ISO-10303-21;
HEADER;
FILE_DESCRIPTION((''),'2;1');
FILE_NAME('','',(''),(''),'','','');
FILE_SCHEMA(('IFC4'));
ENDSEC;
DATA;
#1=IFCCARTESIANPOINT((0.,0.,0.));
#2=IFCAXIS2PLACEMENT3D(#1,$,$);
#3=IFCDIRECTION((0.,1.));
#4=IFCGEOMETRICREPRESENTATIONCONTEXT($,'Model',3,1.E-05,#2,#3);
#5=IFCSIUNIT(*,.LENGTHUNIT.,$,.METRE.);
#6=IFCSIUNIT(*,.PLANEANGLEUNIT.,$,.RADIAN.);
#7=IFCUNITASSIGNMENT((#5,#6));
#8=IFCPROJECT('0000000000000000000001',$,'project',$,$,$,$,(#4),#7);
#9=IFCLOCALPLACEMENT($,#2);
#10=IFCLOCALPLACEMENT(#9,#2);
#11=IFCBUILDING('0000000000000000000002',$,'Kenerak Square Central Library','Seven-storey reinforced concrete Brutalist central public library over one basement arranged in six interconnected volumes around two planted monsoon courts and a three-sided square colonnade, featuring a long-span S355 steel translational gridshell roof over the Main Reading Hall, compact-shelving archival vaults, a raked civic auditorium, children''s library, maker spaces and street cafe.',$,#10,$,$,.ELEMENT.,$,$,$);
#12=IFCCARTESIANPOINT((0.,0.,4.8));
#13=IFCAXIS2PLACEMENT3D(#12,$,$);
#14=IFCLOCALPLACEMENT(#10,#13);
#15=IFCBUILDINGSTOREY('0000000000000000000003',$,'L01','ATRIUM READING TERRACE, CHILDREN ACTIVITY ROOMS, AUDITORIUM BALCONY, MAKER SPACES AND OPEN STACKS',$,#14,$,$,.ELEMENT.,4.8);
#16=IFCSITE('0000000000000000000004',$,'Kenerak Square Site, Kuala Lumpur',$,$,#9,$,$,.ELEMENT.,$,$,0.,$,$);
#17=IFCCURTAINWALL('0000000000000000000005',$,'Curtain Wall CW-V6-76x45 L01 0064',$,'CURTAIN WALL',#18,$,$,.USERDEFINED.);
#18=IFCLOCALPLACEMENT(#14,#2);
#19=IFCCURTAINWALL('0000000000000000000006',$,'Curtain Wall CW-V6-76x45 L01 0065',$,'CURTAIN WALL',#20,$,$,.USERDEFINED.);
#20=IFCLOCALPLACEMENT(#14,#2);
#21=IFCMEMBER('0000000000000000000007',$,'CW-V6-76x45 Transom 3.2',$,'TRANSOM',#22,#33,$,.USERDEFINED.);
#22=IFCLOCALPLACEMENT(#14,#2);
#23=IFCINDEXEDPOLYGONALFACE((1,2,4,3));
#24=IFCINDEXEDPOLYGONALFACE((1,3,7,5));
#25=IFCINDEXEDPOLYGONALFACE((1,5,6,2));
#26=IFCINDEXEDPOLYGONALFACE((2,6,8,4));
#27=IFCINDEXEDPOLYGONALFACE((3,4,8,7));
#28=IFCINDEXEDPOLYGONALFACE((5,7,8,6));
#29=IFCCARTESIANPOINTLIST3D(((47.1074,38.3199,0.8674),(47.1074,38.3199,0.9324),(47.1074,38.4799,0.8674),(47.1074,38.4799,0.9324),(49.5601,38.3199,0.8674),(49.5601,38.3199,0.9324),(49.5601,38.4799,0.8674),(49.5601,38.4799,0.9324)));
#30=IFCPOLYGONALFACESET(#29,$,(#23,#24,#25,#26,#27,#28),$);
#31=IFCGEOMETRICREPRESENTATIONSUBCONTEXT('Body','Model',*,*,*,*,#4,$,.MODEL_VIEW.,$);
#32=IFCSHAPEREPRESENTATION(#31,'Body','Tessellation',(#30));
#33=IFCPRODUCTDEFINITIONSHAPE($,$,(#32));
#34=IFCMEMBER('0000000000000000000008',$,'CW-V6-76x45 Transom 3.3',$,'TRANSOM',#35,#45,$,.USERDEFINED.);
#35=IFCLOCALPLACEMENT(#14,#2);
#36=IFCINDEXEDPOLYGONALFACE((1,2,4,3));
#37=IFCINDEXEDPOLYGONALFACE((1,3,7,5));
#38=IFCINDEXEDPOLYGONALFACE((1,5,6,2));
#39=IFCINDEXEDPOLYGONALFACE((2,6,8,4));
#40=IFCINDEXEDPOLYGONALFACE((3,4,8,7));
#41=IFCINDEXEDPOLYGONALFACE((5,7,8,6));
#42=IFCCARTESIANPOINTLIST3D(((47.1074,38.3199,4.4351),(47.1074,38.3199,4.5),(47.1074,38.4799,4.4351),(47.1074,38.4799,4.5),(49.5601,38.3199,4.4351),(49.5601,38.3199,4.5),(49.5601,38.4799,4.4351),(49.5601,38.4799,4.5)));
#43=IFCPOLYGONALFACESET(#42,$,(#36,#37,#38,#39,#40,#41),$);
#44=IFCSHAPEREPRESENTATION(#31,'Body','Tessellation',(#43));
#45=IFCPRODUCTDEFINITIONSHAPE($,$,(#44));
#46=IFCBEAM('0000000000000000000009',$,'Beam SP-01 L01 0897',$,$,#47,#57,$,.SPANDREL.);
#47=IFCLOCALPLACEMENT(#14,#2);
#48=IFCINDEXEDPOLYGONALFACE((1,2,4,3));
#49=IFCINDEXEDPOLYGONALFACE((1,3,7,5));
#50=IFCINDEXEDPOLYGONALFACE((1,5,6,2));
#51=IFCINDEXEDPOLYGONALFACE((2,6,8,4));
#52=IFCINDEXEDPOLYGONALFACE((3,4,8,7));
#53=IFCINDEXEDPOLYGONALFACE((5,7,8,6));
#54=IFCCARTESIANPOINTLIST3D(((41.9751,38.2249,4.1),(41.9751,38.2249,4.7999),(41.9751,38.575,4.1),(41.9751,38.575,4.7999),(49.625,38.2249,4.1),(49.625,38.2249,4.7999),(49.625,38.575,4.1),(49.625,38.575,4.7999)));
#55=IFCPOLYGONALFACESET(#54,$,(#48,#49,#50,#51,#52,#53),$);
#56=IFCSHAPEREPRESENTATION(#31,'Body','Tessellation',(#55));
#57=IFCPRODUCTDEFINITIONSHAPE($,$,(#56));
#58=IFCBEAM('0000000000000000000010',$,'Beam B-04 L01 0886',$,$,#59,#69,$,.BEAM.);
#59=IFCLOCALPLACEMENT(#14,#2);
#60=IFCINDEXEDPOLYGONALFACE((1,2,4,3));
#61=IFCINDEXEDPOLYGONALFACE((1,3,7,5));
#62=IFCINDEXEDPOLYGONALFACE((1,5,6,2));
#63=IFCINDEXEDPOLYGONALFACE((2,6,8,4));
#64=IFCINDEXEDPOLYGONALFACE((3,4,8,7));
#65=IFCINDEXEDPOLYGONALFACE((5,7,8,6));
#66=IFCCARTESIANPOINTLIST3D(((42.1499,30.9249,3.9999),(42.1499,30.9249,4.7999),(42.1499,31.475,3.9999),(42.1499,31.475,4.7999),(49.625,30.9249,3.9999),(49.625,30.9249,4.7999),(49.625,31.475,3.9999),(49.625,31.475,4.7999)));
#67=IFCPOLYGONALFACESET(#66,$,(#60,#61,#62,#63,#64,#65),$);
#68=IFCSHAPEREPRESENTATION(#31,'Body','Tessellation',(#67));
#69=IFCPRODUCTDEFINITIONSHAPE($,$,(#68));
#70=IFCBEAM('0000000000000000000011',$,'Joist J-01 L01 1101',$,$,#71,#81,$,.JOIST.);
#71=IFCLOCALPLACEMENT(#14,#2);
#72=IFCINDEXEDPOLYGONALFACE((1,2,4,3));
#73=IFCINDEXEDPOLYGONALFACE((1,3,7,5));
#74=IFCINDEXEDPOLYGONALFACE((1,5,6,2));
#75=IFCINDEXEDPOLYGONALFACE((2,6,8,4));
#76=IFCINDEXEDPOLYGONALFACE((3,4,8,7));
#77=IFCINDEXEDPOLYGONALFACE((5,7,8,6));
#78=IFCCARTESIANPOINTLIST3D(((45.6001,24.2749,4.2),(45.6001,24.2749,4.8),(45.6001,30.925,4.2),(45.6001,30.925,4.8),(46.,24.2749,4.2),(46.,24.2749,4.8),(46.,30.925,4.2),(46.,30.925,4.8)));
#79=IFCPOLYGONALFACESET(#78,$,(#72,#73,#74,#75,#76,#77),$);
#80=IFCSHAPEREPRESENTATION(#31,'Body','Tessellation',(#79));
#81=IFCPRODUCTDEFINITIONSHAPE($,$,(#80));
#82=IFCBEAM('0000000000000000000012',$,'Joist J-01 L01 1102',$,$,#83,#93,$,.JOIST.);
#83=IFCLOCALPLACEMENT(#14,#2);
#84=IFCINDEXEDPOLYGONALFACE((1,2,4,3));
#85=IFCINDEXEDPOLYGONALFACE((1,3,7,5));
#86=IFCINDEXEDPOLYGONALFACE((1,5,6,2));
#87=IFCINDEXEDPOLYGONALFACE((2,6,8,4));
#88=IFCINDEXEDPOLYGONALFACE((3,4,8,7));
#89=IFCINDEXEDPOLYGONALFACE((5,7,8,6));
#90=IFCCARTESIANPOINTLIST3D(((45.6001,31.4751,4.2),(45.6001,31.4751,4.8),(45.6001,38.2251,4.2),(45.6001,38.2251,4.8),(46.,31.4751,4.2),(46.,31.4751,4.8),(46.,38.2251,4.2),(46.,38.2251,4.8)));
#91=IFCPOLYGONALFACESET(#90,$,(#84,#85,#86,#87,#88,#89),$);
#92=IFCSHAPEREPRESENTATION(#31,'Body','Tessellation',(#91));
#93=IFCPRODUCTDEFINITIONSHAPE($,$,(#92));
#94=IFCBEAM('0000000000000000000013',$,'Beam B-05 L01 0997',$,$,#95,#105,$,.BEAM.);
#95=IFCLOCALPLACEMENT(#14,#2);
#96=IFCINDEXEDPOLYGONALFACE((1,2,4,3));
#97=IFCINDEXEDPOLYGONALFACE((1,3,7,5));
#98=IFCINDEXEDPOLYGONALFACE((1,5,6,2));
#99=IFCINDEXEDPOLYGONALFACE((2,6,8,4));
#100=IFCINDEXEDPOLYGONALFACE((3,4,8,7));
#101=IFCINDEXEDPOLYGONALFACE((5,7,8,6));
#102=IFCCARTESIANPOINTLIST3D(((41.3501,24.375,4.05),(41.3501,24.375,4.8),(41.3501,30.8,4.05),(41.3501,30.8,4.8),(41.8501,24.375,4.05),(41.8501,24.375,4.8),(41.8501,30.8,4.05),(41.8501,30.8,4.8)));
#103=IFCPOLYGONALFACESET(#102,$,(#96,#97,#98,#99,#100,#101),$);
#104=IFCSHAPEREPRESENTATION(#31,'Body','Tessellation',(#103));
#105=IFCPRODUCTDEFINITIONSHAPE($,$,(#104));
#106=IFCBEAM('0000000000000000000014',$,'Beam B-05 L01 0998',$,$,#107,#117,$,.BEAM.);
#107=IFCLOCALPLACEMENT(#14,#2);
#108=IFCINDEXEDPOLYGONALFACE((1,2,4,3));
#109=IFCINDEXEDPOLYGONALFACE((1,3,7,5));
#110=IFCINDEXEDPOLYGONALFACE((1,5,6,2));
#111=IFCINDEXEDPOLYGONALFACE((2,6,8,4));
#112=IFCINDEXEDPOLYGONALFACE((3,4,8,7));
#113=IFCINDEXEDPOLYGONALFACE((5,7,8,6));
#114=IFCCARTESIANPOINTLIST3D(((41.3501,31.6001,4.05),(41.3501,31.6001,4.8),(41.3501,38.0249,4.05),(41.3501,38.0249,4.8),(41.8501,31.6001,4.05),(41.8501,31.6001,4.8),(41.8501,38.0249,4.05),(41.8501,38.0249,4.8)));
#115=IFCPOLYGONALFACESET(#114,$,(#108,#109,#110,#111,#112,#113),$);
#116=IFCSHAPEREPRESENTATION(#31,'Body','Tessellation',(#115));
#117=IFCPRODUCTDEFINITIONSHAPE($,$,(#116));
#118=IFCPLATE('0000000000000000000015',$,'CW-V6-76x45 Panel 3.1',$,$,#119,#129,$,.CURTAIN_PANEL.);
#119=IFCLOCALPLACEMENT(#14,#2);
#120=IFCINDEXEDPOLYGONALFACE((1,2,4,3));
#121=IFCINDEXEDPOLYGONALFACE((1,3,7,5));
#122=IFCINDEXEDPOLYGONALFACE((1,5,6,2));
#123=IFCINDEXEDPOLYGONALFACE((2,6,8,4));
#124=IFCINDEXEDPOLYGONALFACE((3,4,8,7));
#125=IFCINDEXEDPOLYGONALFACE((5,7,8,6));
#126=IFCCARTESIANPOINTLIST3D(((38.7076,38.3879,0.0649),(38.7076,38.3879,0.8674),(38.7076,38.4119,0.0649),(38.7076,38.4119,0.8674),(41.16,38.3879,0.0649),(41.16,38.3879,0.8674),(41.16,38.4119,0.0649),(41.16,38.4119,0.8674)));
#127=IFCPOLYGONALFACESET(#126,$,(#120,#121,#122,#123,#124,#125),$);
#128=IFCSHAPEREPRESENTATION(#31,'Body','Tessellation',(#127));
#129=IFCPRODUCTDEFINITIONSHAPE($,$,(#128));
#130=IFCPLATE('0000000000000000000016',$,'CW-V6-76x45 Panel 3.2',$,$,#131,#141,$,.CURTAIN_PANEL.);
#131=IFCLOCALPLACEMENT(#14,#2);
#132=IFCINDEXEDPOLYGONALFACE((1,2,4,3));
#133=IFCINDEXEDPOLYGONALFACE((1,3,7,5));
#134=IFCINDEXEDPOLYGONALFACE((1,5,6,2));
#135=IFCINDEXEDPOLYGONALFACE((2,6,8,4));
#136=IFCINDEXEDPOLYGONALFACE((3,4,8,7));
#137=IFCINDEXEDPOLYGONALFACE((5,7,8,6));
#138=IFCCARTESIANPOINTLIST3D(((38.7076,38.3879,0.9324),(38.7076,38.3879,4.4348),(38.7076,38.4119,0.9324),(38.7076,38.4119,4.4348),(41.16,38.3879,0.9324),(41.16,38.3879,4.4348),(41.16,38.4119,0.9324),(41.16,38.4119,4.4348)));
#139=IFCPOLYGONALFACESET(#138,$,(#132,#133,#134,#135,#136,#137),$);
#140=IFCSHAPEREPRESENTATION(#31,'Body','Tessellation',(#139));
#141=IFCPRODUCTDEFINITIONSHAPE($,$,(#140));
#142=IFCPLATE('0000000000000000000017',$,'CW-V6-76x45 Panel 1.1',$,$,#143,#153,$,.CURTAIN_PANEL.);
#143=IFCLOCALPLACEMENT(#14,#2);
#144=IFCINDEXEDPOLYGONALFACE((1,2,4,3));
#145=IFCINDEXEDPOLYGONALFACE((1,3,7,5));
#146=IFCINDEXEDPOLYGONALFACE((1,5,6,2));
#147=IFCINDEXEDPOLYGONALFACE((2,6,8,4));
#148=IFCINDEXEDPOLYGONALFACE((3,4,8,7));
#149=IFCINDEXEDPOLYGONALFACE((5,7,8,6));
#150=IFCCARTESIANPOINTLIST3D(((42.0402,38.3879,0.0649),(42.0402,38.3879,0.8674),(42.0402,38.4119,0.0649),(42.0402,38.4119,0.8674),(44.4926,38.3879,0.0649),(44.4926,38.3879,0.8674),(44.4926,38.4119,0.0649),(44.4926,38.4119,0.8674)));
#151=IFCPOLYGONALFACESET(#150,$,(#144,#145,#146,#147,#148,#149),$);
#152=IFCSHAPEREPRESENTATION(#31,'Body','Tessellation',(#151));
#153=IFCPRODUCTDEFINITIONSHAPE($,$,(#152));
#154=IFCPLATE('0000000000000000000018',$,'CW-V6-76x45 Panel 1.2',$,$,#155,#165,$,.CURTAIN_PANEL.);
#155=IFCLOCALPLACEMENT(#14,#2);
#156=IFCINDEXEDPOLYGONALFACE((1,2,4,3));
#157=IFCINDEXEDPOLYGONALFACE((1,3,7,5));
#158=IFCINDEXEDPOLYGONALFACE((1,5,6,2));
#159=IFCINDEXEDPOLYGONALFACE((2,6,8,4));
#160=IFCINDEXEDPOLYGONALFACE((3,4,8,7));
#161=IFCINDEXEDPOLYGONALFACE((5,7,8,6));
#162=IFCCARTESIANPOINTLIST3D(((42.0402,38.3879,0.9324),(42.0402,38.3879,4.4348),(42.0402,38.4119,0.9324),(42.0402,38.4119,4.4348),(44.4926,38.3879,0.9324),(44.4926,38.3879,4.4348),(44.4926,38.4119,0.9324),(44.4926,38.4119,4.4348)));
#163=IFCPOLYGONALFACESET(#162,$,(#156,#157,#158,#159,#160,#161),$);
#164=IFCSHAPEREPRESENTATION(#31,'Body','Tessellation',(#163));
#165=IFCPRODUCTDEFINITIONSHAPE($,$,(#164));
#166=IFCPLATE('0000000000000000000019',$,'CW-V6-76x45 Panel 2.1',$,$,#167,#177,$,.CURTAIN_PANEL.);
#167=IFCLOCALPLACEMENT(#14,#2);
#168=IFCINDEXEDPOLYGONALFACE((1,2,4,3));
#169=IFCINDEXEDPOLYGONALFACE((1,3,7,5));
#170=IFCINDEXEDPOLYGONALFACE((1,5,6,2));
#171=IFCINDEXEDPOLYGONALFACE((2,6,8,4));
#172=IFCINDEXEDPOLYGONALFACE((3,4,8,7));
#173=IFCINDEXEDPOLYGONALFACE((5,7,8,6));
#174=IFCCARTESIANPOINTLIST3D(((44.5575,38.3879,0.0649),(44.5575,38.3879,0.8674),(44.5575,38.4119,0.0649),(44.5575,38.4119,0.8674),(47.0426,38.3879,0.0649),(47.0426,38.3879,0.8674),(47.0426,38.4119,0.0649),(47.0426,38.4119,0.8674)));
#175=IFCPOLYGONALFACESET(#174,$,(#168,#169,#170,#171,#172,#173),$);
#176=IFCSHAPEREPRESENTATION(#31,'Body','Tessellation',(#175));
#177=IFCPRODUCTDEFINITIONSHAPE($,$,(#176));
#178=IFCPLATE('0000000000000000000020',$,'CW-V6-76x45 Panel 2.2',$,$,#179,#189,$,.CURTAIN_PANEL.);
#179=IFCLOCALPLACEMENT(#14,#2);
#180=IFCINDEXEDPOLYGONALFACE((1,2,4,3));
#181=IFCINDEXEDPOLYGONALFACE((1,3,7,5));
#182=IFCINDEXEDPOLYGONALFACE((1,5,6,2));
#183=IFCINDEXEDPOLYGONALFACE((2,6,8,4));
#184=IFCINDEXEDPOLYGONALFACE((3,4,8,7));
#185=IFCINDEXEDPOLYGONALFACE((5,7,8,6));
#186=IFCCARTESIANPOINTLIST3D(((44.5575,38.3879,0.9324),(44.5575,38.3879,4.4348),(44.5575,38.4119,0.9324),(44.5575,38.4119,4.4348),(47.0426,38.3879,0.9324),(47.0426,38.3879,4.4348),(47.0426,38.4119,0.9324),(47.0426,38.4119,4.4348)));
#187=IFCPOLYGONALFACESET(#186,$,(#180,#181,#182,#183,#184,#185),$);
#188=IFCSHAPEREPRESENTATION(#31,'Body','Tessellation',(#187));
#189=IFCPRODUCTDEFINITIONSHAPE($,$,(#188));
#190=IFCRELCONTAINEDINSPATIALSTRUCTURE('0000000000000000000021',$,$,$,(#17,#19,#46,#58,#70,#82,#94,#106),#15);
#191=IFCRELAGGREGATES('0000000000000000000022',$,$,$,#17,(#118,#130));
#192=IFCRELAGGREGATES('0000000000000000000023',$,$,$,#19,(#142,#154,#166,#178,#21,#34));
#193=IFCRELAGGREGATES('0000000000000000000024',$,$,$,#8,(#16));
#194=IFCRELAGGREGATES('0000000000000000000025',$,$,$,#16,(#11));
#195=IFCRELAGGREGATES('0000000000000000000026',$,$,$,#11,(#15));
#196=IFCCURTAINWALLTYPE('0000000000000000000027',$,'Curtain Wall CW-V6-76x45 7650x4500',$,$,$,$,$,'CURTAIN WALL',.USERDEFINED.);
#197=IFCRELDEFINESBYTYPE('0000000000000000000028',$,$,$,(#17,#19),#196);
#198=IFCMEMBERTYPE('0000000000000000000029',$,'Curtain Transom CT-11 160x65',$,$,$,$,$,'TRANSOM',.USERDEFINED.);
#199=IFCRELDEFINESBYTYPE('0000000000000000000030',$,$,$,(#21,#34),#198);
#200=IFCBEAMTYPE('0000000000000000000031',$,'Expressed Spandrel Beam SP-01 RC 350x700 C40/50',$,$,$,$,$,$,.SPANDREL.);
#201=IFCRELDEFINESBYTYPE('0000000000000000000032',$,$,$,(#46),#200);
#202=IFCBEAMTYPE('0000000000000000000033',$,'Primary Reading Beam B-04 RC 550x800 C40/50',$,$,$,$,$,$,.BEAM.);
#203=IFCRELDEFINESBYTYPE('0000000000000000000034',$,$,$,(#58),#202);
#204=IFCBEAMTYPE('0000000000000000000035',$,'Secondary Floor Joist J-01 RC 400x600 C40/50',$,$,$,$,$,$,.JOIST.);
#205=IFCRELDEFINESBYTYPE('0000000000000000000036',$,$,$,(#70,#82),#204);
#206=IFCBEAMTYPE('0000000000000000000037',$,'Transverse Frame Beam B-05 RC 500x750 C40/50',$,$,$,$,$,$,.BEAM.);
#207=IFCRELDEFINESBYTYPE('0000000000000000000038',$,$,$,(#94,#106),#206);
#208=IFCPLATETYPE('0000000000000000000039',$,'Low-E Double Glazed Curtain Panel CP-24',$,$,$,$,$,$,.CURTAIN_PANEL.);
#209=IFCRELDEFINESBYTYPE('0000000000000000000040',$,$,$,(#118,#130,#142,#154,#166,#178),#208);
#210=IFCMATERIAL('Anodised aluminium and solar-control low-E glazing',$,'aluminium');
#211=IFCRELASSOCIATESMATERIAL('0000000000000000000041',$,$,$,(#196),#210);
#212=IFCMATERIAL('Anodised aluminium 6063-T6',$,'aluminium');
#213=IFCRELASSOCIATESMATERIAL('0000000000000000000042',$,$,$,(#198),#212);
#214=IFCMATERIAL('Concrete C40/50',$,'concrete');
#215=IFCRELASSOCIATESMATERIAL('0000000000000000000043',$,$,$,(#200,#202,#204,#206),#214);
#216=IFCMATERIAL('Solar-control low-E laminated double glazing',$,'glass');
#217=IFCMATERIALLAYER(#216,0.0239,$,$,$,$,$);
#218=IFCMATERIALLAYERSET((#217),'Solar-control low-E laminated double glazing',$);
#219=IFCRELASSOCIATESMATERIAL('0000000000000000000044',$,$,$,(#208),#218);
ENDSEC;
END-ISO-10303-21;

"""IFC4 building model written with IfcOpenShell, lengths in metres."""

from ifc_helpers import new_model, si_unit, direction, frame, origin, origin_2d, place, context, subcontext, project, spatial, rectangle, extrude, material, layer, layer_set, material_profile, profile_set, type_object, element, aggregate, save


model = new_model("IFC4")

# Units and contexts
model_context = context("Model", 3, precision=1e-05, world=origin(), true_north=direction((0.0, 1.0)))
body_context = subcontext(model_context, "Body", "Model", "MODEL_VIEW")
ifc_project = project(units=[si_unit("LENGTHUNIT", "METRE"), si_unit("PLANEANGLEUNIT", "RADIAN")], contexts=[model_context])

# Site, building, storey
site_placement = place(None, origin())
site = spatial("IfcSite", under=ifc_project, at=site_placement, Name="Kenerak Square Site, Kuala Lumpur", CompositionType="ELEMENT", RefElevation=0.0)
building_placement = place(site_placement, origin())
building = spatial("IfcBuilding", under=site, at=building_placement, Name="Kenerak Square Central Library", Description="Seven-storey reinforced concrete Brutalist central public library over one basement arranged in six interconnected volumes around two planted monsoon courts and a three-sided square colonnade, featuring a long-span S355 steel translational gridshell roof over the Main Reading Hall, compact-shelving archival vaults, a raked civic auditorium, children's library, maker spaces and street cafe.", CompositionType="ELEMENT")
storey_placement = place(building_placement, frame((0.0, 0.0, 4.8)))
storey = spatial("IfcBuildingStorey", under=building, at=storey_placement, Name="L01", Description="ATRIUM READING TERRACE, CHILDREN ACTIVITY ROOMS, AUDITORIUM BALCONY, MAKER SPACES AND OPEN STACKS", CompositionType="ELEMENT", Elevation=4.8)

# Shared definitions
ifc_material_1 = material(Name="Concrete C40/50", Category="concrete")

# Curtain wall
ifc_material_2 = material(Name="Anodised aluminium and solar-control low-E glazing", Category="aluminium")
curtain_wall_type = type_object("IfcCurtainWallType", Name="Curtain Wall CW-V6-76x45 7650x4500", ElementType="CURTAIN WALL", PredefinedType="USERDEFINED", material=ifc_material_2)
curtain_wall_1_placement = place(storey_placement, origin())
curtain_wall_1 = element("IfcCurtainWall", 1, at=curtain_wall_1_placement, inside=storey, type_object=curtain_wall_type, Name="Curtain Wall CW-V6-76x45 L01 0064", ObjectType="CURTAIN WALL", PredefinedType="USERDEFINED")
ifc_material_3 = material(Name="Anodised aluminium 6063-T6", Category="aluminium")

# Curtain wall
curtain_wall_2_placement = place(storey_placement, origin())
curtain_wall_2 = element("IfcCurtainWall", 2, at=curtain_wall_2_placement, inside=storey, type_object=curtain_wall_type, Name="Curtain Wall CW-V6-76x45 L01 0065", ObjectType="CURTAIN WALL", PredefinedType="USERDEFINED")

# Members
ifc_material_profile_1 = material_profile(ifc_material_3, rectangle(XDim=0.1599, YDim=0.0649, at=origin_2d()), Name="AL TRANSOM 160x65")
ifc_profile_set_1 = profile_set([ifc_material_profile_1], Name="Anodised aluminium 6063-T6")
member_type_1 = type_object("IfcMemberType", Name="Curtain Transom CT-11 160x65", ElementType="TRANSOM", PredefinedType="USERDEFINED", material=ifc_profile_set_1)
member_1_placement = place(storey_placement, frame((47.1074, 38.3999, 0.8999), z_axis=(1.0, 0.0, 0.0), x_axis=(0.0, 1.0, 0.0)))
member_1 = element("IfcMember", 3, at=member_1_placement, type_object=member_type_1, Name="CW-V6-76x45 Transom 3.2", ObjectType="TRANSOM", PredefinedType="USERDEFINED", context=body_context, shape_type="SweptSolid", body=[
    extrude(rectangle(XDim=0.1599, YDim=0.0649, at=origin_2d()), origin(), (0.0, 0.0, 1.0), 2.4526),
])
member_2_placement = place(storey_placement, frame((47.1074, 38.3999, 4.4675), z_axis=(1.0, 0.0, 0.0), x_axis=(0.0, 1.0, 0.0)))
member_2 = element("IfcMember", 4, at=member_2_placement, type_object=member_type_1, Name="CW-V6-76x45 Transom 3.3", ObjectType="TRANSOM", PredefinedType="USERDEFINED", context=body_context, shape_type="SweptSolid", body=[
    extrude(rectangle(XDim=0.1599, YDim=0.0649, at=origin_2d()), origin(), (0.0, 0.0, 1.0), 2.4526),
])

# Beams
ifc_material_profile_2 = material_profile(ifc_material_1, rectangle(XDim=0.3501, YDim=0.7, at=origin_2d()), Name="RC 350x700")
ifc_profile_set_2 = profile_set([ifc_material_profile_2], Name="Concrete C40/50")
beam_type_1 = type_object("IfcBeamType", Name="Expressed Spandrel Beam SP-01 RC 350x700 C40/50", PredefinedType="SPANDREL", material=ifc_profile_set_2)
beam_1_placement = place(storey_placement, frame((41.9751, 38.3999, 4.45), z_axis=(1.0, 0.0, 0.0), x_axis=(0.0, 1.0, 0.0)))
element("IfcBeam", 5, at=beam_1_placement, inside=storey, type_object=beam_type_1, Name="Beam SP-01 L01 0897", PredefinedType="SPANDREL", context=body_context, shape_type="SweptSolid", body=[
    extrude(rectangle(XDim=0.3501, YDim=0.7, at=origin_2d()), origin(), (0.0, 0.0, 1.0), 7.6499),
])
ifc_material_profile_3 = material_profile(ifc_material_1, rectangle(XDim=0.55, YDim=0.8, at=origin_2d()), Name="RC 550x800")
ifc_profile_set_3 = profile_set([ifc_material_profile_3], Name="Concrete C40/50")
beam_type_2 = type_object("IfcBeamType", Name="Primary Reading Beam B-04 RC 550x800 C40/50", PredefinedType="BEAM", material=ifc_profile_set_3)
beam_2_placement = place(storey_placement, frame((42.1499, 31.2, 4.3999), z_axis=(1.0, 0.0, 0.0), x_axis=(0.0, 1.0, 0.0)))
element("IfcBeam", 6, at=beam_2_placement, inside=storey, type_object=beam_type_2, Name="Beam B-04 L01 0886", PredefinedType="BEAM", context=body_context, shape_type="SweptSolid", body=[
    extrude(rectangle(XDim=0.55, YDim=0.8, at=origin_2d()), origin(), (0.0, 0.0, 1.0), 7.4751),
])
ifc_material_profile_4 = material_profile(ifc_material_1, rectangle(XDim=0.3999, YDim=0.6001, at=origin_2d()), Name="RC 400x600")
ifc_profile_set_4 = profile_set([ifc_material_profile_4], Name="Concrete C40/50")
beam_type_3 = type_object("IfcBeamType", Name="Secondary Floor Joist J-01 RC 400x600 C40/50", PredefinedType="JOIST", material=ifc_profile_set_4)
beam_3_placement = place(storey_placement, frame((45.8, 24.2749, 4.5), z_axis=(0.0, 1.0, 0.0), x_axis=(-1.0, 0.0, 0.0)))
element("IfcBeam", 7, at=beam_3_placement, inside=storey, type_object=beam_type_3, Name="Joist J-01 L01 1101", PredefinedType="JOIST", context=body_context, shape_type="SweptSolid", body=[
    extrude(rectangle(XDim=0.3999, YDim=0.6001, at=origin_2d()), origin(), (0.0, 0.0, 1.0), 6.6501),
])
beam_4_placement = place(storey_placement, frame((45.8, 31.4751, 4.5), z_axis=(0.0, 1.0, 0.0), x_axis=(-1.0, 0.0, 0.0)))
element("IfcBeam", 8, at=beam_4_placement, inside=storey, type_object=beam_type_3, Name="Joist J-01 L01 1102", PredefinedType="JOIST", context=body_context, shape_type="SweptSolid", body=[
    extrude(rectangle(XDim=0.3999, YDim=0.6001, at=origin_2d()), origin(), (0.0, 0.0, 1.0), 6.75),
])
ifc_material_profile_5 = material_profile(ifc_material_1, rectangle(XDim=0.5, YDim=0.75, at=origin_2d()), Name="RC 500x750")
ifc_profile_set_5 = profile_set([ifc_material_profile_5], Name="Concrete C40/50")
beam_type_4 = type_object("IfcBeamType", Name="Transverse Frame Beam B-05 RC 500x750 C40/50", PredefinedType="BEAM", material=ifc_profile_set_5)
beam_5_placement = place(storey_placement, frame((41.6001, 24.375, 4.425), z_axis=(0.0, 1.0, 0.0), x_axis=(-1.0, 0.0, 0.0)))
element("IfcBeam", 9, at=beam_5_placement, inside=storey, type_object=beam_type_4, Name="Beam B-05 L01 0997", PredefinedType="BEAM", context=body_context, shape_type="SweptSolid", body=[
    extrude(rectangle(XDim=0.5, YDim=0.75, at=origin_2d()), origin(), (0.0, 0.0, 1.0), 6.425),
])
beam_6_placement = place(storey_placement, frame((41.6001, 31.6001, 4.425), z_axis=(0.0, 1.0, 0.0), x_axis=(-1.0, 0.0, 0.0)))
element("IfcBeam", 10, at=beam_6_placement, inside=storey, type_object=beam_type_4, Name="Beam B-05 L01 0998", PredefinedType="BEAM", context=body_context, shape_type="SweptSolid", body=[
    extrude(rectangle(XDim=0.5, YDim=0.75, at=origin_2d()), origin(), (0.0, 0.0, 1.0), 6.4248),
])

# Plates
ifc_material_4 = material(Name="Solar-control low-E laminated double glazing", Category="glass")
ifc_layer_1 = layer(ifc_material_4, 0.0239)
ifc_layer_set_1 = layer_set([ifc_layer_1], Name="Solar-control low-E laminated double glazing")
plate_type = type_object("IfcPlateType", Name="Low-E Double Glazed Curtain Panel CP-24", PredefinedType="CURTAIN_PANEL", material=ifc_layer_set_1)
plate_1_placement = place(storey_placement, frame((39.9338, 38.3999, 0.0649), z_axis=(0.0, 0.0, 1.0), x_axis=(1.0, 0.0, 0.0)))
plate_1 = element("IfcPlate", 11, at=plate_1_placement, type_object=plate_type, Name="CW-V6-76x45 Panel 3.1", PredefinedType="CURTAIN_PANEL", context=body_context, shape_type="SweptSolid", body=[
    extrude(rectangle(XDim=2.4524, YDim=0.0239, at=origin_2d()), origin(), (0.0, 0.0, 1.0), 0.8025),
])
plate_2_placement = place(storey_placement, frame((39.9338, 38.3999, 0.9324), z_axis=(0.0, 0.0, 1.0), x_axis=(1.0, 0.0, 0.0)))
plate_2 = element("IfcPlate", 12, at=plate_2_placement, type_object=plate_type, Name="CW-V6-76x45 Panel 3.2", PredefinedType="CURTAIN_PANEL", context=body_context, shape_type="SweptSolid", body=[
    extrude(rectangle(XDim=2.4524, YDim=0.0239, at=origin_2d()), origin(), (0.0, 0.0, 1.0), 3.5024),
])
aggregate(curtain_wall_1, [plate_1, plate_2])
plate_3_placement = place(storey_placement, frame((43.2664, 38.3999, 0.0649), z_axis=(0.0, 0.0, 1.0), x_axis=(1.0, 0.0, 0.0)))
plate_3 = element("IfcPlate", 13, at=plate_3_placement, type_object=plate_type, Name="CW-V6-76x45 Panel 1.1", PredefinedType="CURTAIN_PANEL", context=body_context, shape_type="SweptSolid", body=[
    extrude(rectangle(XDim=2.4524, YDim=0.0239, at=origin_2d()), origin(), (0.0, 0.0, 1.0), 0.8025),
])
plate_4_placement = place(storey_placement, frame((43.2664, 38.3999, 0.9324), z_axis=(0.0, 0.0, 1.0), x_axis=(1.0, 0.0, 0.0)))
plate_4 = element("IfcPlate", 14, at=plate_4_placement, type_object=plate_type, Name="CW-V6-76x45 Panel 1.2", PredefinedType="CURTAIN_PANEL", context=body_context, shape_type="SweptSolid", body=[
    extrude(rectangle(XDim=2.4524, YDim=0.0239, at=origin_2d()), origin(), (0.0, 0.0, 1.0), 3.5024),
])
plate_5_placement = place(storey_placement, frame((45.8, 38.3999, 0.0649), z_axis=(0.0, 0.0, 1.0), x_axis=(1.0, 0.0, 0.0)))
plate_5 = element("IfcPlate", 15, at=plate_5_placement, type_object=plate_type, Name="CW-V6-76x45 Panel 2.1", PredefinedType="CURTAIN_PANEL", context=body_context, shape_type="SweptSolid", body=[
    extrude(rectangle(XDim=2.4851, YDim=0.0239, at=origin_2d()), origin(), (0.0, 0.0, 1.0), 0.8025),
])
plate_6_placement = place(storey_placement, frame((45.8, 38.3999, 0.9324), z_axis=(0.0, 0.0, 1.0), x_axis=(1.0, 0.0, 0.0)))
plate_6 = element("IfcPlate", 16, at=plate_6_placement, type_object=plate_type, Name="CW-V6-76x45 Panel 2.2", PredefinedType="CURTAIN_PANEL", context=body_context, shape_type="SweptSolid", body=[
    extrude(rectangle(XDim=2.4851, YDim=0.0239, at=origin_2d()), origin(), (0.0, 0.0, 1.0), 3.5024),
])
aggregate(curtain_wall_2, [plate_3, plate_4, plate_5, plate_6, member_1, member_2])

save(model, "model.ifc")
